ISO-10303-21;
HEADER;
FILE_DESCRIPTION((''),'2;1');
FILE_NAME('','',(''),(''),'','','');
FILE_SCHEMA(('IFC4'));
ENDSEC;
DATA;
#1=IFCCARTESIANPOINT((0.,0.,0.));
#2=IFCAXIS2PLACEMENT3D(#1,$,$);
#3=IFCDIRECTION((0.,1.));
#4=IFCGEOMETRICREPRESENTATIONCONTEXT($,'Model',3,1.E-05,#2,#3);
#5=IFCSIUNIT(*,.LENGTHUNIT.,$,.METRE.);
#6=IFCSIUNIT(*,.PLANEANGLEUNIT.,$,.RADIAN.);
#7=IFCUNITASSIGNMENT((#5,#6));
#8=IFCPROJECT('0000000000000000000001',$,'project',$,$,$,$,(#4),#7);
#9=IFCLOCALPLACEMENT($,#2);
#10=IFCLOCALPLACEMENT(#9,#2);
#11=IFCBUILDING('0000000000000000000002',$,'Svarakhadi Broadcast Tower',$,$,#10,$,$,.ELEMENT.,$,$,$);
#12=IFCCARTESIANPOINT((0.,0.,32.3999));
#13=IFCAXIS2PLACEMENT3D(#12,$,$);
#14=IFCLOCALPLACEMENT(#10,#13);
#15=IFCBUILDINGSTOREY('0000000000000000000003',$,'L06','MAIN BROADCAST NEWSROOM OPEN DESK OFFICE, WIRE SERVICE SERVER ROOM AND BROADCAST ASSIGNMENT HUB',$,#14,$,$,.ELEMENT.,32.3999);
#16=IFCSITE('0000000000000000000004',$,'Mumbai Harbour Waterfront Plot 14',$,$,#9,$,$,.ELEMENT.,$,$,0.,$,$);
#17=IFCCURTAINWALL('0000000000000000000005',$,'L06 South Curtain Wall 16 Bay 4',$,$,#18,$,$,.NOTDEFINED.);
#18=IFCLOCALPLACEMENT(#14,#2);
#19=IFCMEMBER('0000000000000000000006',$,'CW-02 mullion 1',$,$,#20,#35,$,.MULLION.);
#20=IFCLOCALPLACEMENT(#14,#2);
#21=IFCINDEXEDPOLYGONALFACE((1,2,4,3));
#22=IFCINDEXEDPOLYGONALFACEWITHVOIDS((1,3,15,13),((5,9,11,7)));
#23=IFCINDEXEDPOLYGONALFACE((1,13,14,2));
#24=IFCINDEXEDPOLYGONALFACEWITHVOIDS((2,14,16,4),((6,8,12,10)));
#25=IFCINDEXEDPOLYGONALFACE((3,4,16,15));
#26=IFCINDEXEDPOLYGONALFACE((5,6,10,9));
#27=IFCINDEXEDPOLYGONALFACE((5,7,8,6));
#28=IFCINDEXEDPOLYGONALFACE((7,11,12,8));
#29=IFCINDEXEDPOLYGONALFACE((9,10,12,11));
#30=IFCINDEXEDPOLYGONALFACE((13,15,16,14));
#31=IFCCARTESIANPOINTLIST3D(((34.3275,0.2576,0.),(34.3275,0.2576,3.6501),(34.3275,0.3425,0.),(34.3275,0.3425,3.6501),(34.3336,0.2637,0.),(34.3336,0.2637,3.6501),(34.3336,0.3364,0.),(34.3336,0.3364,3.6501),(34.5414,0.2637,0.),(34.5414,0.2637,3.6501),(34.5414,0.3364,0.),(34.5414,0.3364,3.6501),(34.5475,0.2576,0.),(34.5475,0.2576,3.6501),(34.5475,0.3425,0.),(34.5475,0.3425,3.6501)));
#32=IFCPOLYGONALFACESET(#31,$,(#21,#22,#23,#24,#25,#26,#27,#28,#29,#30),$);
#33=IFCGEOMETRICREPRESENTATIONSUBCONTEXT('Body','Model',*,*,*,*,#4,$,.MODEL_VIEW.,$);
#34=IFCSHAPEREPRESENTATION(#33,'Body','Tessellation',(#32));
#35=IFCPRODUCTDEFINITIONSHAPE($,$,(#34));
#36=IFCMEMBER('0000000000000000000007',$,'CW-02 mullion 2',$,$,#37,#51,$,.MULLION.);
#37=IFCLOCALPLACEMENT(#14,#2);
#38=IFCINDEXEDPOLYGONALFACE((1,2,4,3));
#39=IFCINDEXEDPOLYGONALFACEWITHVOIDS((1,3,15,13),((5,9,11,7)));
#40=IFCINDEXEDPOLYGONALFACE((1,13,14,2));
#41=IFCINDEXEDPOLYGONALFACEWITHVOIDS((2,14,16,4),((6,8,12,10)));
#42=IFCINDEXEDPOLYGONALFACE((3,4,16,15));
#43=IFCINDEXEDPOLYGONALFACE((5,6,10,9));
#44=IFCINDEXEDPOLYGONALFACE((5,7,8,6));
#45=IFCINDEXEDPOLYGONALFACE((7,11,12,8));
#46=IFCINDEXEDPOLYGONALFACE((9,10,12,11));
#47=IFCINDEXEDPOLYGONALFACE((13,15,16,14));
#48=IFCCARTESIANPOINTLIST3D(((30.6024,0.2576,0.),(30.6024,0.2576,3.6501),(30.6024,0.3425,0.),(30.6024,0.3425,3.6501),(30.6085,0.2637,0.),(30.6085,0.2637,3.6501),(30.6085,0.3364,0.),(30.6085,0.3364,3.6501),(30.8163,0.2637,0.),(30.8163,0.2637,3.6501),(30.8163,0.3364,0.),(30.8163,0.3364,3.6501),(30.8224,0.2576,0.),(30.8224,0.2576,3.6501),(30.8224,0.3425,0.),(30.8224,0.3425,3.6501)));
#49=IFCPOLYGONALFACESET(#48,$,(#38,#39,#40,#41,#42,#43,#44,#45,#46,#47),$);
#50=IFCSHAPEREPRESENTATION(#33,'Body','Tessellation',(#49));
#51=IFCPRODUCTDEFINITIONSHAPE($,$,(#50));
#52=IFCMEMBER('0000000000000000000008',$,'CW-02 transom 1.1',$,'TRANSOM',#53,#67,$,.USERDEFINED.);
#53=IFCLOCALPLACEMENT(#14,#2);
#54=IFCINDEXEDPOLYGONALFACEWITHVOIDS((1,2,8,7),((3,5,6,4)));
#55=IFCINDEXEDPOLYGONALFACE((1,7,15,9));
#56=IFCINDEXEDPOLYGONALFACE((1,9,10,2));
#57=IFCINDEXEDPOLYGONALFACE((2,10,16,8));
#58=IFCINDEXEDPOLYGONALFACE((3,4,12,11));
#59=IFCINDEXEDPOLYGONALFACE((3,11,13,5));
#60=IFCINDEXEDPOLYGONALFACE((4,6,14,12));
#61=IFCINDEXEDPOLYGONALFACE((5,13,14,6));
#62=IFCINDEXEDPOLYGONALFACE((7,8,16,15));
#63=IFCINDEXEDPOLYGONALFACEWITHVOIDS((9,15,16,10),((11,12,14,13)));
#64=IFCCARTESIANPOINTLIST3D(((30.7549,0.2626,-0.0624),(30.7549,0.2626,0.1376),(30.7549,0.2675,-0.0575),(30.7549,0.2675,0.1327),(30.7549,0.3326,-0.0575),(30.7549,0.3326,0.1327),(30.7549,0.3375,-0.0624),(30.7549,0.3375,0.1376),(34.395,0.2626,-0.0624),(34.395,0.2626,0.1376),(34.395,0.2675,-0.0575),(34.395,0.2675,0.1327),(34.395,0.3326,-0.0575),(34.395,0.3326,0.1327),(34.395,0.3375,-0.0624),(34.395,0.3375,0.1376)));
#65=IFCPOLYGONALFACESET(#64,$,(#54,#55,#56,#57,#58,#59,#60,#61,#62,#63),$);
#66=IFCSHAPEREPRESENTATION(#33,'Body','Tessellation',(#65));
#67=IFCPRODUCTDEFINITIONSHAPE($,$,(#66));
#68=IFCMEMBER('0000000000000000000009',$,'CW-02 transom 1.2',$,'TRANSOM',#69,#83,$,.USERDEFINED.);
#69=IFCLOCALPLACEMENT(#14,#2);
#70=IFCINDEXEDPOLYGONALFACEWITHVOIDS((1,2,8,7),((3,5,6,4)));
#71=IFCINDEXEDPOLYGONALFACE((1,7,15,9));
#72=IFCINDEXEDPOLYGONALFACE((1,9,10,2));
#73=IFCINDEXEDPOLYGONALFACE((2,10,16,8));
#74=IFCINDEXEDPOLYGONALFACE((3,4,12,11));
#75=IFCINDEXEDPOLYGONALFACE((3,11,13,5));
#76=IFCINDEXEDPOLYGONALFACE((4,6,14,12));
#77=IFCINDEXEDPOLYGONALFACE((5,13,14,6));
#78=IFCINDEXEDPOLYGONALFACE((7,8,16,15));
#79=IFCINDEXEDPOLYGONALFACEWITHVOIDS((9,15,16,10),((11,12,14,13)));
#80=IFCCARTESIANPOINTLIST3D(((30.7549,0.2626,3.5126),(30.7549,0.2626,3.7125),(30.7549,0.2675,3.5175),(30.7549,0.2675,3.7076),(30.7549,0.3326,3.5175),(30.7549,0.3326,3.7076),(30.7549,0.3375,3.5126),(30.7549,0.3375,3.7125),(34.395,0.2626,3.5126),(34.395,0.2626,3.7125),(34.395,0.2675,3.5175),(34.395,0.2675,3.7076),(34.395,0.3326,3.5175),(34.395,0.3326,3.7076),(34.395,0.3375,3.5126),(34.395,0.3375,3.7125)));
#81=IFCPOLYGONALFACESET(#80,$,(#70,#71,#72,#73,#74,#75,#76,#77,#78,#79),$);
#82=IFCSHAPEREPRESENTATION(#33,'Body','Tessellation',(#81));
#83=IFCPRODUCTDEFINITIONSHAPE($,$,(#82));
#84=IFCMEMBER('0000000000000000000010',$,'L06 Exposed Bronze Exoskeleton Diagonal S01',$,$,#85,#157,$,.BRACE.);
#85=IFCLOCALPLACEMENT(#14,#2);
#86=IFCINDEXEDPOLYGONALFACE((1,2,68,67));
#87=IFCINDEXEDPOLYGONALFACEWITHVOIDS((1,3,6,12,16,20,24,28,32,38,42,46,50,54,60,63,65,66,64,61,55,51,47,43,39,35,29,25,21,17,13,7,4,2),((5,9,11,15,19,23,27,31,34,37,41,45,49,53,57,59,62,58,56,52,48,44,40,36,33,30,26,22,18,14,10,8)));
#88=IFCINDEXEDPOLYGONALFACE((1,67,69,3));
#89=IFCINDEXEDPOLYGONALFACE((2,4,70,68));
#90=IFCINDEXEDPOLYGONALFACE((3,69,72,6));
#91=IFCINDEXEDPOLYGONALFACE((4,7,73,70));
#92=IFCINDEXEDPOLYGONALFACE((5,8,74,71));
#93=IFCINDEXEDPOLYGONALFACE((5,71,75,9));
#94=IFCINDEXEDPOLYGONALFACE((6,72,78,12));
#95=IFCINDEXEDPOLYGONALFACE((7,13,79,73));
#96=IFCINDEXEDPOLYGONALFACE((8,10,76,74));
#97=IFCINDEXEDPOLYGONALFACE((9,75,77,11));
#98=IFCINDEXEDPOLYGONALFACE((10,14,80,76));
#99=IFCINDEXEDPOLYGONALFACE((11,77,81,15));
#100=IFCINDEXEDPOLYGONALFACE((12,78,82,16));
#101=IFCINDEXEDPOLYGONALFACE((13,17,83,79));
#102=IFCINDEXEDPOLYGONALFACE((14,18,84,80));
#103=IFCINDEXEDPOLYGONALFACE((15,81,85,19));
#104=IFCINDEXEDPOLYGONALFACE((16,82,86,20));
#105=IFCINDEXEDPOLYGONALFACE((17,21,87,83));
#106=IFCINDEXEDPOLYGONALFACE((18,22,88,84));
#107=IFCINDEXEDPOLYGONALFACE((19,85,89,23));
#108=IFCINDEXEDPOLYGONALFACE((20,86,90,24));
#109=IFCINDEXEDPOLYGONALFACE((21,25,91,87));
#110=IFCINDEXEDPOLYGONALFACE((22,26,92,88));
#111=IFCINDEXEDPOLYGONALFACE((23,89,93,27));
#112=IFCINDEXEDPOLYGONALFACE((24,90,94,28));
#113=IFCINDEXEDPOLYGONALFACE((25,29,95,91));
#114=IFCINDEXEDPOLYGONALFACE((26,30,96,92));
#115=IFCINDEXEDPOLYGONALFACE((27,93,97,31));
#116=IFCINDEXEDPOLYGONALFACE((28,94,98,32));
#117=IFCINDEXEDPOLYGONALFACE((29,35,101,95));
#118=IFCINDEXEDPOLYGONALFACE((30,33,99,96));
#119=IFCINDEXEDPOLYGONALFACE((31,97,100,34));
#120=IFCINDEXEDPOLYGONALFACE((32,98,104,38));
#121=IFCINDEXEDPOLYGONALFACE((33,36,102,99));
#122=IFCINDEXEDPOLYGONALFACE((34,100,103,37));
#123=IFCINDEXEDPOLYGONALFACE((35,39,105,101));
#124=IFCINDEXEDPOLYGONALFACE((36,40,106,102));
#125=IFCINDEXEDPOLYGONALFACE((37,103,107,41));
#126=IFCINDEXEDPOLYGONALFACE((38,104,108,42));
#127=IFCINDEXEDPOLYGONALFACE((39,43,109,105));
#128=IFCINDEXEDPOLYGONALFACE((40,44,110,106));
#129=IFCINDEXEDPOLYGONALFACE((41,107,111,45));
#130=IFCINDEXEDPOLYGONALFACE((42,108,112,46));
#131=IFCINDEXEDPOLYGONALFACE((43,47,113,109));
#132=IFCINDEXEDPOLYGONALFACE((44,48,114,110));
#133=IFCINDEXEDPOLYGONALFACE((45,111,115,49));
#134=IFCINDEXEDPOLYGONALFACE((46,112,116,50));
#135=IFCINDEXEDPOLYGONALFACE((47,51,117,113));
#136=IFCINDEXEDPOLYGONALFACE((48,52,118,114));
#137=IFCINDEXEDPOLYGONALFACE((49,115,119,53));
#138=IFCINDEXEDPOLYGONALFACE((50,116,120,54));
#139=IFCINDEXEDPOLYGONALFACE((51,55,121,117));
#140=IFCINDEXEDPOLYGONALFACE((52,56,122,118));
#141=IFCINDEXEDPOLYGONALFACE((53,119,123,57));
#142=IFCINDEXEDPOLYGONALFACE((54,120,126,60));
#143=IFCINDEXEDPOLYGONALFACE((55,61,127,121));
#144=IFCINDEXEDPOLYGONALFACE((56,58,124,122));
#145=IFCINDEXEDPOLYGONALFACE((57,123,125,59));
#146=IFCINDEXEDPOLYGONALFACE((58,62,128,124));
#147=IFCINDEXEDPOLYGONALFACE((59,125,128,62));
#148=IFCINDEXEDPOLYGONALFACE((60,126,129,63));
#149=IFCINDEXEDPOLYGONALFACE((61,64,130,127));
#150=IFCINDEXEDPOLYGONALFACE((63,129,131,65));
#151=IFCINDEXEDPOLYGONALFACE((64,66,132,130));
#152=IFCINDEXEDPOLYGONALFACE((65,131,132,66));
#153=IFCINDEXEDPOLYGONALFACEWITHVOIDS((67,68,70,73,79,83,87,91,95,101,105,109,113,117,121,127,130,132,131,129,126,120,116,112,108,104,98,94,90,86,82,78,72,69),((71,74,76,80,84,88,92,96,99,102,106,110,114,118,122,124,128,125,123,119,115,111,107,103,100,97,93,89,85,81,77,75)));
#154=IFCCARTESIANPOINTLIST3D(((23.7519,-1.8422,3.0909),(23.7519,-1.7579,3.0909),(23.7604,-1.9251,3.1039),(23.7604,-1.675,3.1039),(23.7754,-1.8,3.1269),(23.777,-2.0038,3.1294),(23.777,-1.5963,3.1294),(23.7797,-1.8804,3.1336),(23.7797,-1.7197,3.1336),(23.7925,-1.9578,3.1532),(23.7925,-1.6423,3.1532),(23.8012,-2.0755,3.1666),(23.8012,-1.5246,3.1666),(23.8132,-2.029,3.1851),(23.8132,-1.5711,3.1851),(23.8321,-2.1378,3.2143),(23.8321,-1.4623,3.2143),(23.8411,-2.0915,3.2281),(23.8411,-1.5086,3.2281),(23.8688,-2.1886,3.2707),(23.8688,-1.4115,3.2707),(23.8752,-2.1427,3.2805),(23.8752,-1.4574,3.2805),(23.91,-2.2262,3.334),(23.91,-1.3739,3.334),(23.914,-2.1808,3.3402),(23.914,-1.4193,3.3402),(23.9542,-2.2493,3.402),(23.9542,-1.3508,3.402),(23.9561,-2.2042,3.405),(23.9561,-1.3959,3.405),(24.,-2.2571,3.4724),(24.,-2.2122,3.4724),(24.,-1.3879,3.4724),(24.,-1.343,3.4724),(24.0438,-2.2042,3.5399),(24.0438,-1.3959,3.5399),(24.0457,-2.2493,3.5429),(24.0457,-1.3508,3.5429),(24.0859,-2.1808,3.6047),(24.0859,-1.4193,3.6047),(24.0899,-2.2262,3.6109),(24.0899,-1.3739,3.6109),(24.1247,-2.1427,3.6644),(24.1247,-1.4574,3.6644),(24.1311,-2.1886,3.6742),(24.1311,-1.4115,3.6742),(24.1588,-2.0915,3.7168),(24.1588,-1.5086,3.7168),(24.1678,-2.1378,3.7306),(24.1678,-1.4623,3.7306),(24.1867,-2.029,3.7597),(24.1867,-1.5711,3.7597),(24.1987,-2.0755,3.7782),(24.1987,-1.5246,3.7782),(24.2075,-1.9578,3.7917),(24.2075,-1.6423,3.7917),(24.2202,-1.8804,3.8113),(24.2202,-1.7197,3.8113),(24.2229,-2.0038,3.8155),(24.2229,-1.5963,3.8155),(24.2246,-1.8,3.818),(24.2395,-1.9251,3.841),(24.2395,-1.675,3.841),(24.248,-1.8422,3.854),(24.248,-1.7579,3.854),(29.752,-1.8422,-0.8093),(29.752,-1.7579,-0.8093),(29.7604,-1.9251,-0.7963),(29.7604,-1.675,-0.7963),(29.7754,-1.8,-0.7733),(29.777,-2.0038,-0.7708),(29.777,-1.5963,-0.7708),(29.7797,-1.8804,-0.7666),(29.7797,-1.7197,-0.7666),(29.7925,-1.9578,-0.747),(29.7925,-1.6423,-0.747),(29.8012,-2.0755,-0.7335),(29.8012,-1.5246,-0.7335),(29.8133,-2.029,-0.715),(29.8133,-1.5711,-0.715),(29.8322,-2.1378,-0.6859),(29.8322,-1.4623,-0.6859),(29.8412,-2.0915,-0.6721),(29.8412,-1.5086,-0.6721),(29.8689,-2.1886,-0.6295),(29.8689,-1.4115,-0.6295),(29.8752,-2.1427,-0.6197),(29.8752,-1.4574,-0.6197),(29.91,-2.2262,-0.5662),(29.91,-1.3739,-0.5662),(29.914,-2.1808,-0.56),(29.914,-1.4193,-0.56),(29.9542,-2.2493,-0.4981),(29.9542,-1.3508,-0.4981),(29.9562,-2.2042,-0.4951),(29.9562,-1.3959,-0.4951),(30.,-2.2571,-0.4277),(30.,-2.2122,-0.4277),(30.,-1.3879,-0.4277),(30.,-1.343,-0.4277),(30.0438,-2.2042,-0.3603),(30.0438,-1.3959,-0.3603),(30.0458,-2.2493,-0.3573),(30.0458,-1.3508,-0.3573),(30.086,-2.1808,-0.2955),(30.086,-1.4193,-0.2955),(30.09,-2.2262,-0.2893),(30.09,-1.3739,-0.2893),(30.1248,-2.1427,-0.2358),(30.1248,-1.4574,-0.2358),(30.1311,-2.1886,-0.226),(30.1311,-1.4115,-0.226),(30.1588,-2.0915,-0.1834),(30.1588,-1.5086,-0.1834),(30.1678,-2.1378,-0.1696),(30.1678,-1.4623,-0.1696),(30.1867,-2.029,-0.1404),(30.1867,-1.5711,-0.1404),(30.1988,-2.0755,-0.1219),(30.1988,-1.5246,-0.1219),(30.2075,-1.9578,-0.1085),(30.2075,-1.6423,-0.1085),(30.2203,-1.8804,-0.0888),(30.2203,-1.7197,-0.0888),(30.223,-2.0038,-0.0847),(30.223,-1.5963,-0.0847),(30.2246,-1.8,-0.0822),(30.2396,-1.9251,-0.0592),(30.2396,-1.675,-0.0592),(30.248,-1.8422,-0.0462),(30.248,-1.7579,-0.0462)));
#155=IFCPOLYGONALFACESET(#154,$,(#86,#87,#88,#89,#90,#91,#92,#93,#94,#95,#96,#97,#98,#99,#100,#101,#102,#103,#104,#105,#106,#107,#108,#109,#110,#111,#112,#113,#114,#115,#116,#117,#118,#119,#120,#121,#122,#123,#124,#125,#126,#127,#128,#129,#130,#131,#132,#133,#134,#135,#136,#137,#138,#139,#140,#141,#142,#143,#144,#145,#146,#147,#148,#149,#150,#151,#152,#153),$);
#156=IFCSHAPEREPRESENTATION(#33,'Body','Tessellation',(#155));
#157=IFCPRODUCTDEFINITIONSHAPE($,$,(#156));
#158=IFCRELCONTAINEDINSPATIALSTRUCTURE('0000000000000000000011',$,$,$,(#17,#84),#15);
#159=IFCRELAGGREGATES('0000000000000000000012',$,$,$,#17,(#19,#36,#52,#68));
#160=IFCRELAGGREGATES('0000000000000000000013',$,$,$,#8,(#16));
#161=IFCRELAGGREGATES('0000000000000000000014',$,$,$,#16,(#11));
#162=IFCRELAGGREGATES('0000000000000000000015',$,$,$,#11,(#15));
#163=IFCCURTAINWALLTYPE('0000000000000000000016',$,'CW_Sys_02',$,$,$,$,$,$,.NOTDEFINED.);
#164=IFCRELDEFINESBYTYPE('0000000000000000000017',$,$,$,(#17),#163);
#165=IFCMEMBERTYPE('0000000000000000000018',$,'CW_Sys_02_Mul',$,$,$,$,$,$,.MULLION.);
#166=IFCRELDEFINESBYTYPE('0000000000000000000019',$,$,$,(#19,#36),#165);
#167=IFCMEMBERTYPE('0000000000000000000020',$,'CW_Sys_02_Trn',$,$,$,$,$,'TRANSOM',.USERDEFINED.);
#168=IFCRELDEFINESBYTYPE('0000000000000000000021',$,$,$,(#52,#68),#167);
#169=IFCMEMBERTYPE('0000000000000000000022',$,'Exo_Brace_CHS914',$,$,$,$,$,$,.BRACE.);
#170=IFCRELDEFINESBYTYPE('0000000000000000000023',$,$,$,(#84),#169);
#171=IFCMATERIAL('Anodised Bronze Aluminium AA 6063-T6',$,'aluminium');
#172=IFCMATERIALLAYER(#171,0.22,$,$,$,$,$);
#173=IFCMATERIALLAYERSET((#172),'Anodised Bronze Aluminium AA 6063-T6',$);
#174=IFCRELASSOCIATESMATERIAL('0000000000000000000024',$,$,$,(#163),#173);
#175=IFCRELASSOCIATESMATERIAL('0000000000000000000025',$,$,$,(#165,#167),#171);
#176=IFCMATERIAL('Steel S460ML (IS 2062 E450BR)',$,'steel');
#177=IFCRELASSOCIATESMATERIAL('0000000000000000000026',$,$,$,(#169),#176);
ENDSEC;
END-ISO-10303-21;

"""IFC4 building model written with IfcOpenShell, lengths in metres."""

from ifc_helpers import new_model, si_unit, direction, frame, origin, origin_2d, place, context, subcontext, project, spatial, hollow_rectangle, hollow_circle, extrude, material, layer, layer_set, material_profile, profile_set, type_object, element, aggregate, save


model = new_model("IFC4")

# Units and contexts
model_context = context("Model", 3, precision=1e-05, world=origin(), true_north=direction((0.0, 1.0)))
body_context = subcontext(model_context, "Body", "Model", "MODEL_VIEW")
ifc_project = project(units=[si_unit("LENGTHUNIT", "METRE"), si_unit("PLANEANGLEUNIT", "RADIAN")], contexts=[model_context])

# Site, building, storey
site_placement = place(None, origin())
site = spatial("IfcSite", under=ifc_project, at=site_placement, Name="Mumbai Harbour Waterfront Plot 14", CompositionType="ELEMENT", RefElevation=0.0)
building_placement = place(site_placement, origin())
building = spatial("IfcBuilding", under=site, at=building_placement, Name="Svarakhadi Broadcast Tower", CompositionType="ELEMENT")
storey_placement = place(building_placement, frame((0.0, 0.0, 32.3999)))
storey = spatial("IfcBuildingStorey", under=building, at=storey_placement, Name="L06", Description="MAIN BROADCAST NEWSROOM OPEN DESK OFFICE, WIRE SERVICE SERVER ROOM AND BROADCAST ASSIGNMENT HUB", CompositionType="ELEMENT", Elevation=32.3999)

# Shared definitions
ifc_material_1 = material(Name="Steel S460ML (IS 2062 E450BR)", Category="steel")

# Curtain wall, members
ifc_material_2 = material(Name="Anodised Bronze Aluminium AA 6063-T6", Category="aluminium")
ifc_layer_1 = layer(ifc_material_2, 0.22)
ifc_layer_set_1 = layer_set([ifc_layer_1], Name="Anodised Bronze Aluminium AA 6063-T6")
curtain_wall_type = type_object("IfcCurtainWallType", Name="CW_Sys_02", PredefinedType="NOTDEFINED", material=ifc_layer_set_1)
curtain_wall_placement = place(storey_placement, origin())
curtain_wall = element("IfcCurtainWall", 1, at=curtain_wall_placement, inside=storey, type_object=curtain_wall_type, Name="L06 South Curtain Wall 16 Bay 4", PredefinedType="NOTDEFINED")
ifc_material_profile_1 = material_profile(ifc_material_2, hollow_rectangle(XDim=0.085, YDim=0.22, WallThickness=0.0061, at=origin_2d()), Name="ALU MULLION 220x85x6")
ifc_profile_set_1 = profile_set([ifc_material_profile_1], Name="Anodised Bronze Aluminium AA 6063-T6")
member_type_1 = type_object("IfcMemberType", Name="CW_Sys_02_Mul", PredefinedType="MULLION", material=ifc_profile_set_1)
member_1_placement = place(storey_placement, frame((34.4375, 0.3, 0.0), z_axis=(0.0, 0.0, 1.0), x_axis=(0.0, -1.0, 0.0)))
member_1 = element("IfcMember", 2, at=member_1_placement, type_object=member_type_1, Name="CW-02 mullion 1", PredefinedType="MULLION", context=body_context, shape_type="SweptSolid", body=[
    extrude(hollow_rectangle(XDim=0.085, YDim=0.22, WallThickness=0.0061, at=origin_2d()), origin(), (0.0, 0.0, 1.0), 3.6501),
])
member_2_placement = place(storey_placement, frame((30.7124, 0.3, 0.0), z_axis=(0.0, 0.0, 1.0), x_axis=(0.0, -1.0, 0.0)))
member_2 = element("IfcMember", 3, at=member_2_placement, type_object=member_type_1, Name="CW-02 mullion 2", PredefinedType="MULLION", context=body_context, shape_type="SweptSolid", body=[
    extrude(hollow_rectangle(XDim=0.085, YDim=0.22, WallThickness=0.0061, at=origin_2d()), origin(), (0.0, 0.0, 1.0), 3.6501),
])
ifc_material_profile_2 = material_profile(ifc_material_2, hollow_rectangle(XDim=0.075, YDim=0.2, WallThickness=0.0049, at=origin_2d()), Name="ALU TRANSOM 200x75x5")
ifc_profile_set_2 = profile_set([ifc_material_profile_2], Name="Anodised Bronze Aluminium AA 6063-T6")
member_type_2 = type_object("IfcMemberType", Name="CW_Sys_02_Trn", ElementType="TRANSOM", PredefinedType="USERDEFINED", material=ifc_profile_set_2)
member_3_placement = place(storey_placement, frame((34.395, 0.3, 0.0376), z_axis=(-1.0, 0.0, 0.0), x_axis=(0.0, -1.0, 0.0)))
member_3 = element("IfcMember", 4, at=member_3_placement, type_object=member_type_2, Name="CW-02 transom 1.1", ObjectType="TRANSOM", PredefinedType="USERDEFINED", context=body_context, shape_type="SweptSolid", body=[
    extrude(hollow_rectangle(XDim=0.075, YDim=0.2, WallThickness=0.0049, at=origin_2d()), origin(), (0.0, 0.0, 1.0), 3.6401),
])
member_4_placement = place(storey_placement, frame((34.395, 0.3, 3.6125), z_axis=(-1.0, 0.0, 0.0), x_axis=(0.0, -1.0, 0.0)))
member_4 = element("IfcMember", 5, at=member_4_placement, type_object=member_type_2, Name="CW-02 transom 1.2", ObjectType="TRANSOM", PredefinedType="USERDEFINED", context=body_context, shape_type="SweptSolid", body=[
    extrude(hollow_rectangle(XDim=0.075, YDim=0.2, WallThickness=0.0049, at=origin_2d()), origin(), (0.0, 0.0, 1.0), 3.6401),
])

# Member
ifc_material_profile_3 = material_profile(ifc_material_1, hollow_circle(Radius=0.457, WallThickness=0.0449, at=origin_2d()), Name="CHS 914x45")
ifc_profile_set_3 = profile_set([ifc_material_profile_3], Name="Steel S460ML (IS 2062 E450BR)")
member_type_3 = type_object("IfcMemberType", Name="Exo_Brace_CHS914", PredefinedType="BRACE", material=ifc_profile_set_3)
member_5_placement = place(storey_placement, frame((30.0, -1.8, -0.4277), z_axis=(-0.838434, 0.0, 0.545003), x_axis=(0.0, -1.0, 0.0)))
element("IfcMember", 6, at=member_5_placement, inside=storey, type_object=member_type_3, Name="L06 Exposed Bronze Exoskeleton Diagonal S01", PredefinedType="BRACE", context=body_context, shape_type="SweptSolid", body=[
    extrude(hollow_circle(Radius=0.457, WallThickness=0.0449, at=origin_2d()), origin(), (0.0, 0.0, 1.0), 7.1562),
])

aggregate(curtain_wall, [member_1, member_2, member_3, member_4])

save(model, "model.ifc")
